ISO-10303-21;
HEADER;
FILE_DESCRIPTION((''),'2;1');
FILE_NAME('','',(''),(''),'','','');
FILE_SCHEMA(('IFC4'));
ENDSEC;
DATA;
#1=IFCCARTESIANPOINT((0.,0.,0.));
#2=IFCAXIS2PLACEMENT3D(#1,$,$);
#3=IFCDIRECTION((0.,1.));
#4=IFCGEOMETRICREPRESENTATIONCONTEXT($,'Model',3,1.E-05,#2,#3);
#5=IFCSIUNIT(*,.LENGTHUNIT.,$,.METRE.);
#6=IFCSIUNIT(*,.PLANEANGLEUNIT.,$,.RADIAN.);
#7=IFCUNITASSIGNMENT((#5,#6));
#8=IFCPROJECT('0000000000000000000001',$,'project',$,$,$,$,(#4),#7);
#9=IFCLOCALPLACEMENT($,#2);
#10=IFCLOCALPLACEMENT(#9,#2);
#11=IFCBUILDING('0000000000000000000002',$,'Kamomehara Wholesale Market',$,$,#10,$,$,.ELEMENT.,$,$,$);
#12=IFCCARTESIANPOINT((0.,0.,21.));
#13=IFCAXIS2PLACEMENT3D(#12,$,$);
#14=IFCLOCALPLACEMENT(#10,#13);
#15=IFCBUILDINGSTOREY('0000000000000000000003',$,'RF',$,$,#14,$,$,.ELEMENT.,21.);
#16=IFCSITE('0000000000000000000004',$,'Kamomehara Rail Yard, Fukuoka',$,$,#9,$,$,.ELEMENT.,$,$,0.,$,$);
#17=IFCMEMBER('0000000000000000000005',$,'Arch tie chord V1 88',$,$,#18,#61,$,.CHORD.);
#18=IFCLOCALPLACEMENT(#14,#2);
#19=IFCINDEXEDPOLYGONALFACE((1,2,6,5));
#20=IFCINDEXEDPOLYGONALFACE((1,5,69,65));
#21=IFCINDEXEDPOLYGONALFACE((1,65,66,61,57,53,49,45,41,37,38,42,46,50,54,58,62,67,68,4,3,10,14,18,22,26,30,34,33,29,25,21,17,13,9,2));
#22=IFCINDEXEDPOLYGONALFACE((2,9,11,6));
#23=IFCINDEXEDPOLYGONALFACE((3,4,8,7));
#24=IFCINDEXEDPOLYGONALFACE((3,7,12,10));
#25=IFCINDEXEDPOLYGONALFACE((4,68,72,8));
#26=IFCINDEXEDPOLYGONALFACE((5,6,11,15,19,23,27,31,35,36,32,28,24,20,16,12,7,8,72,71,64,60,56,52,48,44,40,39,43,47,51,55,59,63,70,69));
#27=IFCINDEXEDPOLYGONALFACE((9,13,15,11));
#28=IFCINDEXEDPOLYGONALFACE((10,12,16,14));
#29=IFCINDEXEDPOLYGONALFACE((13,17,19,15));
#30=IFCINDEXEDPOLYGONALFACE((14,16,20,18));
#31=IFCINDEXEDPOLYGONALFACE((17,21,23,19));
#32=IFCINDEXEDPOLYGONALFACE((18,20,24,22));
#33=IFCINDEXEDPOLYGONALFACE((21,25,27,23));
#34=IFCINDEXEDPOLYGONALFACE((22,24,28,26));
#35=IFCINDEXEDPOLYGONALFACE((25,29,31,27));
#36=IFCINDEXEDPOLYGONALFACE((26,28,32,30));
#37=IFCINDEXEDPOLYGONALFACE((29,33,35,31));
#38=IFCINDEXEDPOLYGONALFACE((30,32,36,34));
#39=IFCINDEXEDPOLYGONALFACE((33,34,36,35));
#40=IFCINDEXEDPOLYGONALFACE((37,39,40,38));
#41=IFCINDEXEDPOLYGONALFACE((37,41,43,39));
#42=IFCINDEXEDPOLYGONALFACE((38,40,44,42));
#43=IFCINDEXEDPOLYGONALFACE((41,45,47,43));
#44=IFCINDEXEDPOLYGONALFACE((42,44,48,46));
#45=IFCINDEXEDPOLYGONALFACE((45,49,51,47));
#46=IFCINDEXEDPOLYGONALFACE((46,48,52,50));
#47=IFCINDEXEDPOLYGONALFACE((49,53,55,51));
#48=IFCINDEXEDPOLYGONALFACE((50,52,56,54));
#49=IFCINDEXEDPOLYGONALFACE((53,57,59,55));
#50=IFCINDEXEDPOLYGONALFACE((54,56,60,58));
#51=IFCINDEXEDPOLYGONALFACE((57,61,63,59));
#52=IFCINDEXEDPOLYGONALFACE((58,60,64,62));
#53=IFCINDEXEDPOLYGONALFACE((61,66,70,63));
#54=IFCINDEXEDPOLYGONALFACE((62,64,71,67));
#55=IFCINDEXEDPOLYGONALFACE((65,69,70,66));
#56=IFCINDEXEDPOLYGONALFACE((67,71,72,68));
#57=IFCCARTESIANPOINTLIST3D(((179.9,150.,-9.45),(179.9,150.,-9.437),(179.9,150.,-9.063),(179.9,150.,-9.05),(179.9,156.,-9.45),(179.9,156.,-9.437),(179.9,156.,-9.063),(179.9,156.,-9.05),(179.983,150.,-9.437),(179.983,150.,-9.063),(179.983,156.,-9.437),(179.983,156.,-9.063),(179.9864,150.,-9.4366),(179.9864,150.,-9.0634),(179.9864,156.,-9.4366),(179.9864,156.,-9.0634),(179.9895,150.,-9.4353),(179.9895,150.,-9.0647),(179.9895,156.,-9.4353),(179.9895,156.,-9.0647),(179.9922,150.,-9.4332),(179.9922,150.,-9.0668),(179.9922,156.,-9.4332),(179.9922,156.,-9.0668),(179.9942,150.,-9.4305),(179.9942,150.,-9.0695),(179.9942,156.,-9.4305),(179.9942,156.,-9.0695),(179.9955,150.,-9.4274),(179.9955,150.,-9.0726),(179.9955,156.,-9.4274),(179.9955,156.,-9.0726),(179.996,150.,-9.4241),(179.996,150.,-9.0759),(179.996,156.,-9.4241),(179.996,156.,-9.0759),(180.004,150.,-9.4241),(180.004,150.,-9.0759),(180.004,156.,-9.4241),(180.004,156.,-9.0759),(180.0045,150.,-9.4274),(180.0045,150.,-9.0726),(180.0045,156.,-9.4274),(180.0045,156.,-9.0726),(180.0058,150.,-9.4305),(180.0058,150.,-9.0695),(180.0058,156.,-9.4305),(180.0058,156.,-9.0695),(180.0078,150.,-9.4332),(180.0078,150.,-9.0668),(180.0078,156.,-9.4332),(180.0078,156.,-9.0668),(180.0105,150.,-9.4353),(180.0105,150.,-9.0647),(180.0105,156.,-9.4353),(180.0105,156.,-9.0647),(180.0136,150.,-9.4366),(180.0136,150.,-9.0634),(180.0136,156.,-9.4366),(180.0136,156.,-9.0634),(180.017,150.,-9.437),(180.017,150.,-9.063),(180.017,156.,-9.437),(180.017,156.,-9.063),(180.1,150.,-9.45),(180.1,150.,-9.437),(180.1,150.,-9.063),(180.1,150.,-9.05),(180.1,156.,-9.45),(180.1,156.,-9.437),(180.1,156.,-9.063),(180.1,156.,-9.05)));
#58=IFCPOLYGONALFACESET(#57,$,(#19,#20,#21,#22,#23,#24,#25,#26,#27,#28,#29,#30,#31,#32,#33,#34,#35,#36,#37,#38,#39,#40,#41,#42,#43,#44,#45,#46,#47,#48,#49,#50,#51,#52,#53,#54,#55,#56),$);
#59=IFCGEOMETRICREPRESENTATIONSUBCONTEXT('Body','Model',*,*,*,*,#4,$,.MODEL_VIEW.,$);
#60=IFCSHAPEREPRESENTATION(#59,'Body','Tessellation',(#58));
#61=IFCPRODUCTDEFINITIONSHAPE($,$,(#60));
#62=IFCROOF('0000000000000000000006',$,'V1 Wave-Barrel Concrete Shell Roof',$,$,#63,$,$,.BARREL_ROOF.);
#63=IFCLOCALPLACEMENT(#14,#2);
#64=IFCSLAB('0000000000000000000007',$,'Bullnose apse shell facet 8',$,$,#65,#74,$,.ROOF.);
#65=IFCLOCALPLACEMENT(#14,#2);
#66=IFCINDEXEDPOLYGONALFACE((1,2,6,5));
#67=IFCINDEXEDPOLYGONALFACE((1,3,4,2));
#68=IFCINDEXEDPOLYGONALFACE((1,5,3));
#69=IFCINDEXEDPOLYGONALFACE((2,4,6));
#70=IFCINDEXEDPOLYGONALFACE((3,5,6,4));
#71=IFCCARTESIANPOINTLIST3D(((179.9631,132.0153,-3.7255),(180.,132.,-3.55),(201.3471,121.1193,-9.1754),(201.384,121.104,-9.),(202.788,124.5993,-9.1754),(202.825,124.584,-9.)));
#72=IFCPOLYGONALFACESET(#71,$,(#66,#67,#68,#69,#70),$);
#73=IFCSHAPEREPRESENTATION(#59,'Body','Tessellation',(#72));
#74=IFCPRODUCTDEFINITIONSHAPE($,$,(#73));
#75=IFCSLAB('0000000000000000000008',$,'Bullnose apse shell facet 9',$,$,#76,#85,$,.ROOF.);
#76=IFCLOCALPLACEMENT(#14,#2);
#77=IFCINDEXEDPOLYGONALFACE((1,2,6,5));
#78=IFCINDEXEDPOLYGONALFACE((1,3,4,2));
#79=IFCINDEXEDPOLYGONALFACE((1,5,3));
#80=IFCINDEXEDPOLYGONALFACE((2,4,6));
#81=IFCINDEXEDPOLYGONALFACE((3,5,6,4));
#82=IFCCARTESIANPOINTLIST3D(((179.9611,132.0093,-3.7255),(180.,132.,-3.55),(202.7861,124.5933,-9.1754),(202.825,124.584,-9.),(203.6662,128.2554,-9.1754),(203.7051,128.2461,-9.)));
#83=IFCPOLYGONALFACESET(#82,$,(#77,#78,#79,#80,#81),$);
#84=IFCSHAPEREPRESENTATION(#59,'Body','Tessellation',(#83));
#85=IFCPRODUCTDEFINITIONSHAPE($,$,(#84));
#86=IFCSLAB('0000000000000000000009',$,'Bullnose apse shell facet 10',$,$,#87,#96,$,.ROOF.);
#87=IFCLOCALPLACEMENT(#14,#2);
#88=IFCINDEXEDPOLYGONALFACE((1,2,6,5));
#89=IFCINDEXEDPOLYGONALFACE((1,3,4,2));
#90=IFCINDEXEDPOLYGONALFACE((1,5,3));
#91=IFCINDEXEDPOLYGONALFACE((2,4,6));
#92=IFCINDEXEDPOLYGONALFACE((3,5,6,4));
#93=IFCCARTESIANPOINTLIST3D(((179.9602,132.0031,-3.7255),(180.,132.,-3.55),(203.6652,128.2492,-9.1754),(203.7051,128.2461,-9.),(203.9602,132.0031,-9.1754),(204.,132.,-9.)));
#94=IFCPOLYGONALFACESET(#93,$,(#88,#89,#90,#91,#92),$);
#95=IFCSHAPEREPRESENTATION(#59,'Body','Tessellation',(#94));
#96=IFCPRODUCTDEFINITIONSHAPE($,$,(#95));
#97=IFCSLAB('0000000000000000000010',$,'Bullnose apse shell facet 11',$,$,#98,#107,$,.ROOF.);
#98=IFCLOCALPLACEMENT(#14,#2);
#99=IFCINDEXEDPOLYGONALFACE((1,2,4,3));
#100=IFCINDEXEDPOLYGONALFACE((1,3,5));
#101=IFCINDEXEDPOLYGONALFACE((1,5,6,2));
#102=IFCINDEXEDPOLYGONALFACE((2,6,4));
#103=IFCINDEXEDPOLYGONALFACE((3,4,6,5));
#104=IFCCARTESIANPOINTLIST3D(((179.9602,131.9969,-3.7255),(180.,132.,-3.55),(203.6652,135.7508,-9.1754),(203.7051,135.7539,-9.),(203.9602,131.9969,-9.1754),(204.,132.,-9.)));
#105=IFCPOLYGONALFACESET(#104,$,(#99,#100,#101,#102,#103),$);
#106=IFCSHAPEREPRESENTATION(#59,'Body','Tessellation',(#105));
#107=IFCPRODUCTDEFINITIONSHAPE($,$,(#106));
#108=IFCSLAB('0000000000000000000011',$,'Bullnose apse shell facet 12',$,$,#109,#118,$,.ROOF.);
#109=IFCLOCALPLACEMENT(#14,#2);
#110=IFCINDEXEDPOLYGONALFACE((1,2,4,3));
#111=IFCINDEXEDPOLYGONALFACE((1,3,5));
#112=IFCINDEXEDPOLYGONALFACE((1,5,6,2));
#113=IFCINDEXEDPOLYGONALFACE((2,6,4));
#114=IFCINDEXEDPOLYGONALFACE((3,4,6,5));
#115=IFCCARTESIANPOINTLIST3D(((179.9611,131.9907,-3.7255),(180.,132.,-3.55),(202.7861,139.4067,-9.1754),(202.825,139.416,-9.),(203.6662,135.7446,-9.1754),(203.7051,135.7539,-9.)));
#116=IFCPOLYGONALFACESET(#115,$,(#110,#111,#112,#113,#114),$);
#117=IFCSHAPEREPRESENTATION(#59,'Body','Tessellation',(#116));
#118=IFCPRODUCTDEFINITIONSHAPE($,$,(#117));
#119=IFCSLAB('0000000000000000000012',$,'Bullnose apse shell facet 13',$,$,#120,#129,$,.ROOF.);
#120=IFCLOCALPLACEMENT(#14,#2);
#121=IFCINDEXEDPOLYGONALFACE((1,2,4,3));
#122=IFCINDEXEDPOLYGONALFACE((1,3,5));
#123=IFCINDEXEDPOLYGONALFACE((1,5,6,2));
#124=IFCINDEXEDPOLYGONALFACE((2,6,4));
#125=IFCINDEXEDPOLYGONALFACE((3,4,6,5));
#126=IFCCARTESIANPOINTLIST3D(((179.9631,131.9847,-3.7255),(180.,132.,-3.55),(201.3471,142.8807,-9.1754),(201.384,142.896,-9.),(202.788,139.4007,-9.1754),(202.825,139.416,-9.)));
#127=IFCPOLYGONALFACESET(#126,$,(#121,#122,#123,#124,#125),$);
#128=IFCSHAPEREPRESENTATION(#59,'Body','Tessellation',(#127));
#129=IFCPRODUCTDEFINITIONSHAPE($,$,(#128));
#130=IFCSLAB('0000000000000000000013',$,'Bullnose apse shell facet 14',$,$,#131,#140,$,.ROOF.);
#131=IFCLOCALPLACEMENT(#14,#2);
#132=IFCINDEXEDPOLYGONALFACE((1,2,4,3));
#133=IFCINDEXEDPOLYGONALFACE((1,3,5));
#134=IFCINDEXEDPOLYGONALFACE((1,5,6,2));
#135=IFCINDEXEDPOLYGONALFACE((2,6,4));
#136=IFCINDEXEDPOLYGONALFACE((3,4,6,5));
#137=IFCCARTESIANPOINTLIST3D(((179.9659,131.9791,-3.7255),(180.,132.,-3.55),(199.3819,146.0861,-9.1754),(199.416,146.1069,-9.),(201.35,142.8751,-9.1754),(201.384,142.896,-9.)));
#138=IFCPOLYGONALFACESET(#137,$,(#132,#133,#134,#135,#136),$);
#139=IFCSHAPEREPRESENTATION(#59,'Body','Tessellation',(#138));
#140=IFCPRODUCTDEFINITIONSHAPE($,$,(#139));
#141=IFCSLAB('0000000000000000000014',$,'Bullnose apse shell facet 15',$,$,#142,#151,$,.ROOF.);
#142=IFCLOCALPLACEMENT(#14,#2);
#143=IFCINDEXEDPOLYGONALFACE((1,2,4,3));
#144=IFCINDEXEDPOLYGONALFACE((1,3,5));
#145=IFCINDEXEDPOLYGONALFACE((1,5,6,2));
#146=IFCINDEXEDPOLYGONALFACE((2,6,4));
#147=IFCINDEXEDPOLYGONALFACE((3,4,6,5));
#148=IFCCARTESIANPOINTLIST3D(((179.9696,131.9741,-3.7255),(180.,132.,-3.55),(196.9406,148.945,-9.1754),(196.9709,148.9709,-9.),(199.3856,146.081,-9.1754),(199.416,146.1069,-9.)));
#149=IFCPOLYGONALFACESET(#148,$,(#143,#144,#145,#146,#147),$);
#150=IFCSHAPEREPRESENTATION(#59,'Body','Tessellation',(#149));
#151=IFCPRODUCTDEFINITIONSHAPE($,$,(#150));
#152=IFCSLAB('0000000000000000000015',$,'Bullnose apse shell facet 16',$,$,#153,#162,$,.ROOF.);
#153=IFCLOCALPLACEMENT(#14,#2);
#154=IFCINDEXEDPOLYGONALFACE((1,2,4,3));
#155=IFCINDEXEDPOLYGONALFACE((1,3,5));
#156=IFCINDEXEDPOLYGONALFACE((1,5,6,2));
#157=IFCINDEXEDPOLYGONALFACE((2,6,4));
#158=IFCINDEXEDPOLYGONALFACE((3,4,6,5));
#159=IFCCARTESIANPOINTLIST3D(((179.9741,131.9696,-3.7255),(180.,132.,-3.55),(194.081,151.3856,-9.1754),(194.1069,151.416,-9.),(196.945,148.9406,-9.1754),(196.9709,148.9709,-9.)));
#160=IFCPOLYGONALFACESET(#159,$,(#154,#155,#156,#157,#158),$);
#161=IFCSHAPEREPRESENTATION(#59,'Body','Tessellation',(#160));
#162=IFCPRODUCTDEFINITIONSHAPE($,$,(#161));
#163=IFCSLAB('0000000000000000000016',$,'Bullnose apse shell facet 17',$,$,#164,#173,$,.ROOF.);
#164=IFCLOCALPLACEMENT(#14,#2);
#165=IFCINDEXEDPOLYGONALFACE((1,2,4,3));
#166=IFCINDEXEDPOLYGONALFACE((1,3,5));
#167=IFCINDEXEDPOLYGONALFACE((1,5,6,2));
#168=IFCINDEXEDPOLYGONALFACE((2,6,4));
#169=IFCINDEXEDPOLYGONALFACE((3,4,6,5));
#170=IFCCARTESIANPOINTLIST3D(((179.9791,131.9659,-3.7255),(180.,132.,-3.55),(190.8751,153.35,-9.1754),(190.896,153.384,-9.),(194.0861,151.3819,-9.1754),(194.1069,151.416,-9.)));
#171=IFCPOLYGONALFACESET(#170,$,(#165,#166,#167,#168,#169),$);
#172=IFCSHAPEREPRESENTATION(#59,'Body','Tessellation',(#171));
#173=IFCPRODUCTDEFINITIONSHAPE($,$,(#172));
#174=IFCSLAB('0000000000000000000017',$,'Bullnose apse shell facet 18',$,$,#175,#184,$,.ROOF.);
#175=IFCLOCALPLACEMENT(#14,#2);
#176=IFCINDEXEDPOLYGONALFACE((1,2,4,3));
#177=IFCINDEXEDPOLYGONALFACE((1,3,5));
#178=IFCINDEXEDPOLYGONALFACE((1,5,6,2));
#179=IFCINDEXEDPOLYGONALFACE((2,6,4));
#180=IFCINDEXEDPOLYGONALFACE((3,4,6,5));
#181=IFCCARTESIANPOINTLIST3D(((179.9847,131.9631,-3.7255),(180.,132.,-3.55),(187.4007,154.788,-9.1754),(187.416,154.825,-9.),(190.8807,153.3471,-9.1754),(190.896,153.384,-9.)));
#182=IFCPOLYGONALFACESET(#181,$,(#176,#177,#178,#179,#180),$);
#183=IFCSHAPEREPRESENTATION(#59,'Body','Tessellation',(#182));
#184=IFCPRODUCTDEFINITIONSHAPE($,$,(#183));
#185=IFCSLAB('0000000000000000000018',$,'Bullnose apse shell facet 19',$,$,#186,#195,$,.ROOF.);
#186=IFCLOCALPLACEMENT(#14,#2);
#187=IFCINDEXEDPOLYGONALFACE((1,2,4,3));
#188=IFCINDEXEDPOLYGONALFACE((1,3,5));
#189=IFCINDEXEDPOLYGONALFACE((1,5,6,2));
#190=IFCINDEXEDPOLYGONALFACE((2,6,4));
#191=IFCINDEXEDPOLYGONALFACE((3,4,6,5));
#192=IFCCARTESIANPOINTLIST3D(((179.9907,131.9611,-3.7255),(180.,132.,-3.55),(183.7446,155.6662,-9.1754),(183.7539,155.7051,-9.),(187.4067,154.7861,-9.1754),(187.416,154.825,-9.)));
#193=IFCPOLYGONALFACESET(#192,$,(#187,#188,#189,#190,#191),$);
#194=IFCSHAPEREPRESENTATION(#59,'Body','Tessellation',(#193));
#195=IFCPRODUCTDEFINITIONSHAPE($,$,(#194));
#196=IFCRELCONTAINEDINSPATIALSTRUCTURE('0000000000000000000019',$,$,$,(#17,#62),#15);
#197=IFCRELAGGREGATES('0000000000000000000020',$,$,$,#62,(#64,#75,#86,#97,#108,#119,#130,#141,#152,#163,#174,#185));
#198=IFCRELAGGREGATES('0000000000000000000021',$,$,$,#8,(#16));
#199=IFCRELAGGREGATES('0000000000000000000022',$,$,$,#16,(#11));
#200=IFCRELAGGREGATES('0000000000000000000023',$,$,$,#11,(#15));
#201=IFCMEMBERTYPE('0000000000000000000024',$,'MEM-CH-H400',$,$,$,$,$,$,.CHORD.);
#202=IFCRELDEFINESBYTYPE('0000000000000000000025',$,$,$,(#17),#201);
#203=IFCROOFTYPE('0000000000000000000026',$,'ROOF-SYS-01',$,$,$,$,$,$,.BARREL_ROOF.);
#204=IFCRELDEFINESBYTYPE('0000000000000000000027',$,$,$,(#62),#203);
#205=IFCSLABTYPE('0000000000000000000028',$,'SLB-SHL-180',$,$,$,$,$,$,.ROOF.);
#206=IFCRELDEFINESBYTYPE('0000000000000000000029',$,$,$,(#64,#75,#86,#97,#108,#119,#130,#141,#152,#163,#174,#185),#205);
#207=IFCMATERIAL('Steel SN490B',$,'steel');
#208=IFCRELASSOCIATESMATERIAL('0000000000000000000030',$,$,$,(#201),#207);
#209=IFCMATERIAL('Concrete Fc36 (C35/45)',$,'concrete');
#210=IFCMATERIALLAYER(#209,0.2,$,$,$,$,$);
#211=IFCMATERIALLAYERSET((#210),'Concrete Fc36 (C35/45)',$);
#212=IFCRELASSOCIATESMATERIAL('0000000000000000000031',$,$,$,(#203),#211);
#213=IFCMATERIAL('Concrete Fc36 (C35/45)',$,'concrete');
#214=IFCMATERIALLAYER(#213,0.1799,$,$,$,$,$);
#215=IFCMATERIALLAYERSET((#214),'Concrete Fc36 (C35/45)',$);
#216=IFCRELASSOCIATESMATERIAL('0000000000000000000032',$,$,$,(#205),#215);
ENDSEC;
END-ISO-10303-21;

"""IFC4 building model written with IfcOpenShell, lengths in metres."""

from ifc_helpers import new_model, si_unit, direction, frame, origin, origin_2d, place, context, subcontext, project, spatial, polyline, i_section, outline, extrude, material, layer, layer_set, material_profile, profile_set, type_object, element, aggregate, save


model = new_model("IFC4")

# Units and contexts
model_context = context("Model", 3, precision=1e-05, world=origin(), true_north=direction((0.0, 1.0)))
body_context = subcontext(model_context, "Body", "Model", "MODEL_VIEW")
ifc_project = project(units=[si_unit("LENGTHUNIT", "METRE"), si_unit("PLANEANGLEUNIT", "RADIAN")], contexts=[model_context])

# Site, building, storey
site_placement = place(None, origin())
site = spatial("IfcSite", under=ifc_project, at=site_placement, Name="Kamomehara Rail Yard, Fukuoka", CompositionType="ELEMENT", RefElevation=0.0)
building_placement = place(site_placement, origin())
building = spatial("IfcBuilding", under=site, at=building_placement, Name="Kamomehara Wholesale Market", CompositionType="ELEMENT")
storey_placement = place(building_placement, frame((0.0, 0.0, 21.0)))
storey = spatial("IfcBuildingStorey", under=building, at=storey_placement, Name="RF", CompositionType="ELEMENT", Elevation=21.0)

# Member
ifc_material_1 = material(Name="Steel SN490B", Category="steel")
ifc_material_profile_1 = material_profile(ifc_material_1, i_section(OverallWidth=0.2, OverallDepth=0.3999, WebThickness=0.0081, FlangeThickness=0.0129, FilletRadius=0.0129, at=origin_2d()), Name="H-400x200x8x13")
ifc_profile_set_1 = profile_set([ifc_material_profile_1], Name="Steel SN490B")
member_type_1 = type_object("IfcMemberType", Name="MEM-CH-H400", PredefinedType="CHORD", material=ifc_profile_set_1)
for number, where, z_axis, x_axis, name in (
    (1, (180.0, 150.0, -9.25), (0.0, 1.0, 0.0), (-1.0, 0.0, 0.0), "Arch tie chord V1 88"),
):
    element("IfcMember", number, at=place(storey_placement, frame(where, z_axis=z_axis, x_axis=x_axis)), inside=storey, type_object=member_type_1, Name=name, PredefinedType="CHORD", context=body_context, shape_type="SweptSolid", body=[
        extrude(i_section(OverallWidth=0.2, OverallDepth=0.3999, WebThickness=0.0081, FlangeThickness=0.0129, FilletRadius=0.0129, at=origin_2d()), origin(), (0.0, 0.0, 1.0), 6.0),
    ])

# Roof, slabs
ifc_material_2 = material(Name="Concrete Fc36 (C35/45)", Category="concrete")
ifc_layer_1 = layer(ifc_material_2, 0.2)
ifc_layer_set_1 = layer_set([ifc_layer_1], Name="Concrete Fc36 (C35/45)")
roof_type = type_object("IfcRoofType", Name="ROOF-SYS-01", PredefinedType="BARREL_ROOF", material=ifc_layer_set_1)
roof_placement = place(storey_placement, origin())
roof = element("IfcRoof", 2, at=roof_placement, inside=storey, type_object=roof_type, Name="V1 Wave-Barrel Concrete Shell Roof", PredefinedType="BARREL_ROOF")
ifc_material_3 = material(Name="Concrete Fc36 (C35/45)", Category="concrete")
ifc_layer_2 = layer(ifc_material_3, 0.1799)
ifc_layer_set_2 = layer_set([ifc_layer_2], Name="Concrete Fc36 (C35/45)")
slab_type = type_object("IfcSlabType", Name="SLB-SHL-180", PredefinedType="ROOF", material=ifc_layer_set_2)
slab_1_placement = place(storey_placement, frame((201.384, 121.104, -9.0), z_axis=(0.205202, -0.084966, 0.975025), x_axis=(0.382562, 0.92393, 0.0)))
slab_1 = element("IfcSlab", 3, at=slab_1_placement, type_object=slab_type, Name="Bullnose apse shell facet 8", PredefinedType="ROOF", context=body_context, shape_type="SweptSolid", body=[
    extrude(outline(polyline([(0.0, 0.0), (3.7665, 0.0), (1.8864, 24.5386), (0.0, 0.0)])), origin(), (0.0, 0.0, -1.0), 0.1799),
])
slab_2_placement = place(storey_placement, frame((202.825, 124.584, -9.0), z_axis=(0.215946, -0.051899, 0.975025), x_axis=(0.233679, 0.972314, 0.0)))
slab_2 = element("IfcSlab", 4, at=slab_2_placement, type_object=slab_type, Name="Bullnose apse shell facet 9", PredefinedType="ROOF", context=body_context, shape_type="SweptSolid", body=[
    extrude(outline(polyline([(0.0, 0.0), (3.7664, 0.0), (1.877, 24.5388), (0.0, 0.0)])), origin(), (0.0, 0.0, -1.0), 0.1799),
])
slab_3_placement = place(storey_placement, frame((203.7051, 128.2461, -9.0), z_axis=(0.22141, -0.017395, 0.975026), x_axis=(0.078323, 0.996928, 0.0)))
slab_3 = element("IfcSlab", 5, at=slab_3_placement, type_object=slab_type, Name="Bullnose apse shell facet 10", PredefinedType="ROOF", context=body_context, shape_type="SweptSolid", body=[
    extrude(outline(polyline([(0.0, 0.0), (3.7655, 0.0), (1.8857, 24.5391), (0.0, 0.0)])), origin(), (0.0, 0.0, -1.0), 0.1799),
])
slab_4_placement = place(storey_placement, frame((204.0, 132.0, -9.0), z_axis=(0.22141, 0.017395, 0.975026), x_axis=(-0.078323, 0.996928, 0.0)))
slab_4 = element("IfcSlab", 6, at=slab_4_placement, type_object=slab_type, Name="Bullnose apse shell facet 11", PredefinedType="ROOF", context=body_context, shape_type="SweptSolid", body=[
    extrude(outline(polyline([(0.0, 0.0), (3.7655, 0.0), (1.8797, 24.5391), (0.0, 0.0)])), origin(), (0.0, 0.0, -1.0), 0.1799),
])
slab_5_placement = place(storey_placement, frame((203.7051, 135.7539, -9.0), z_axis=(0.215946, 0.051899, 0.975025), x_axis=(-0.233679, 0.972314, 0.0)))
slab_5 = element("IfcSlab", 7, at=slab_5_placement, type_object=slab_type, Name="Bullnose apse shell facet 12", PredefinedType="ROOF", context=body_context, shape_type="SweptSolid", body=[
    extrude(outline(polyline([(0.0, 0.0), (3.7664, 0.0), (1.8894, 24.5388), (0.0, 0.0)])), origin(), (0.0, 0.0, -1.0), 0.1799),
])
slab_6_placement = place(storey_placement, frame((202.825, 139.416, -9.0), z_axis=(0.205202, 0.084966, 0.975025), x_axis=(-0.382562, 0.92393, 0.0)))
slab_6 = element("IfcSlab", 8, at=slab_6_placement, type_object=slab_type, Name="Bullnose apse shell facet 13", PredefinedType="ROOF", context=body_context, shape_type="SweptSolid", body=[
    extrude(outline(polyline([(0.0, 0.0), (3.7665, 0.0), (1.8801, 24.5386), (0.0, 0.0)])), origin(), (0.0, 0.0, -1.0), 0.1799),
])
slab_7_placement = place(storey_placement, frame((201.384, 142.896, -9.0), z_axis=(0.189359, 0.11606, 0.975025), x_axis=(-0.522567, 0.852598, 0.0)))
slab_7 = element("IfcSlab", 9, at=slab_7_placement, type_object=slab_type, Name="Bullnose apse shell facet 14", PredefinedType="ROOF", context=body_context, shape_type="SweptSolid", body=[
    extrude(outline(polyline([(0.0, 0.0), (3.7661, 0.0), (1.8847, 24.5387), (0.0, 0.0)])), origin(), (0.0, 0.0, -1.0), 0.1799),
])
slab_8_placement = place(storey_placement, frame((199.416, 146.1069, -9.0), z_axis=(0.168911, 0.144203, 0.975025), x_axis=(-0.64929, 0.760541, 0.0)))
slab_8 = element("IfcSlab", 10, at=slab_8_placement, type_object=slab_type, Name="Bullnose apse shell facet 15", PredefinedType="ROOF", context=body_context, shape_type="SweptSolid", body=[
    extrude(outline(polyline([(0.0, 0.0), (3.7658, 0.0), (1.8777, 24.539), (0.0, 0.0)])), origin(), (0.0, 0.0, -1.0), 0.1799),
])
slab_9_placement = place(storey_placement, frame((196.9709, 148.9709, -9.0), z_axis=(0.144203, 0.168911, 0.975025), x_axis=(-0.760541, 0.64929, 0.0)))
slab_9 = element("IfcSlab", 11, at=slab_9_placement, type_object=slab_type, Name="Bullnose apse shell facet 16", PredefinedType="ROOF", context=body_context, shape_type="SweptSolid", body=[
    extrude(outline(polyline([(0.0, 0.0), (3.7658, 0.0), (1.888, 24.539), (0.0, 0.0)])), origin(), (0.0, 0.0, -1.0), 0.1799),
])
slab_10_placement = place(storey_placement, frame((194.1069, 151.416, -9.0), z_axis=(0.11606, 0.189359, 0.975025), x_axis=(-0.852598, 0.522567, 0.0)))
slab_10 = element("IfcSlab", 12, at=slab_10_placement, type_object=slab_type, Name="Bullnose apse shell facet 17", PredefinedType="ROOF", context=body_context, shape_type="SweptSolid", body=[
    extrude(outline(polyline([(0.0, 0.0), (3.7661, 0.0), (1.8814, 24.5387), (0.0, 0.0)])), origin(), (0.0, 0.0, -1.0), 0.1799),
])
slab_11_placement = place(storey_placement, frame((190.896, 153.384, -9.0), z_axis=(0.084966, 0.205202, 0.975025), x_axis=(-0.92393, 0.382562, 0.0)))
slab_11 = element("IfcSlab", 13, at=slab_11_placement, type_object=slab_type, Name="Bullnose apse shell facet 18", PredefinedType="ROOF", context=body_context, shape_type="SweptSolid", body=[
    extrude(outline(polyline([(0.0, 0.0), (3.7665, 0.0), (1.8864, 24.5386), (0.0, 0.0)])), origin(), (0.0, 0.0, -1.0), 0.1799),
])
slab_12_placement = place(storey_placement, frame((187.416, 154.825, -9.0), z_axis=(0.051899, 0.215946, 0.975025), x_axis=(-0.972314, 0.233679, 0.0)))
slab_12 = element("IfcSlab", 14, at=slab_12_placement, type_object=slab_type, Name="Bullnose apse shell facet 19", PredefinedType="ROOF", context=body_context, shape_type="SweptSolid", body=[
    extrude(outline(polyline([(0.0, 0.0), (3.7664, 0.0), (1.877, 24.5388), (0.0, 0.0)])), origin(), (0.0, 0.0, -1.0), 0.1799),
])
aggregate(roof, [slab_1, slab_2, slab_3, slab_4, slab_5, slab_6, slab_7, slab_8, slab_9, slab_10, slab_11, slab_12])

save(model, "model.ifc")
